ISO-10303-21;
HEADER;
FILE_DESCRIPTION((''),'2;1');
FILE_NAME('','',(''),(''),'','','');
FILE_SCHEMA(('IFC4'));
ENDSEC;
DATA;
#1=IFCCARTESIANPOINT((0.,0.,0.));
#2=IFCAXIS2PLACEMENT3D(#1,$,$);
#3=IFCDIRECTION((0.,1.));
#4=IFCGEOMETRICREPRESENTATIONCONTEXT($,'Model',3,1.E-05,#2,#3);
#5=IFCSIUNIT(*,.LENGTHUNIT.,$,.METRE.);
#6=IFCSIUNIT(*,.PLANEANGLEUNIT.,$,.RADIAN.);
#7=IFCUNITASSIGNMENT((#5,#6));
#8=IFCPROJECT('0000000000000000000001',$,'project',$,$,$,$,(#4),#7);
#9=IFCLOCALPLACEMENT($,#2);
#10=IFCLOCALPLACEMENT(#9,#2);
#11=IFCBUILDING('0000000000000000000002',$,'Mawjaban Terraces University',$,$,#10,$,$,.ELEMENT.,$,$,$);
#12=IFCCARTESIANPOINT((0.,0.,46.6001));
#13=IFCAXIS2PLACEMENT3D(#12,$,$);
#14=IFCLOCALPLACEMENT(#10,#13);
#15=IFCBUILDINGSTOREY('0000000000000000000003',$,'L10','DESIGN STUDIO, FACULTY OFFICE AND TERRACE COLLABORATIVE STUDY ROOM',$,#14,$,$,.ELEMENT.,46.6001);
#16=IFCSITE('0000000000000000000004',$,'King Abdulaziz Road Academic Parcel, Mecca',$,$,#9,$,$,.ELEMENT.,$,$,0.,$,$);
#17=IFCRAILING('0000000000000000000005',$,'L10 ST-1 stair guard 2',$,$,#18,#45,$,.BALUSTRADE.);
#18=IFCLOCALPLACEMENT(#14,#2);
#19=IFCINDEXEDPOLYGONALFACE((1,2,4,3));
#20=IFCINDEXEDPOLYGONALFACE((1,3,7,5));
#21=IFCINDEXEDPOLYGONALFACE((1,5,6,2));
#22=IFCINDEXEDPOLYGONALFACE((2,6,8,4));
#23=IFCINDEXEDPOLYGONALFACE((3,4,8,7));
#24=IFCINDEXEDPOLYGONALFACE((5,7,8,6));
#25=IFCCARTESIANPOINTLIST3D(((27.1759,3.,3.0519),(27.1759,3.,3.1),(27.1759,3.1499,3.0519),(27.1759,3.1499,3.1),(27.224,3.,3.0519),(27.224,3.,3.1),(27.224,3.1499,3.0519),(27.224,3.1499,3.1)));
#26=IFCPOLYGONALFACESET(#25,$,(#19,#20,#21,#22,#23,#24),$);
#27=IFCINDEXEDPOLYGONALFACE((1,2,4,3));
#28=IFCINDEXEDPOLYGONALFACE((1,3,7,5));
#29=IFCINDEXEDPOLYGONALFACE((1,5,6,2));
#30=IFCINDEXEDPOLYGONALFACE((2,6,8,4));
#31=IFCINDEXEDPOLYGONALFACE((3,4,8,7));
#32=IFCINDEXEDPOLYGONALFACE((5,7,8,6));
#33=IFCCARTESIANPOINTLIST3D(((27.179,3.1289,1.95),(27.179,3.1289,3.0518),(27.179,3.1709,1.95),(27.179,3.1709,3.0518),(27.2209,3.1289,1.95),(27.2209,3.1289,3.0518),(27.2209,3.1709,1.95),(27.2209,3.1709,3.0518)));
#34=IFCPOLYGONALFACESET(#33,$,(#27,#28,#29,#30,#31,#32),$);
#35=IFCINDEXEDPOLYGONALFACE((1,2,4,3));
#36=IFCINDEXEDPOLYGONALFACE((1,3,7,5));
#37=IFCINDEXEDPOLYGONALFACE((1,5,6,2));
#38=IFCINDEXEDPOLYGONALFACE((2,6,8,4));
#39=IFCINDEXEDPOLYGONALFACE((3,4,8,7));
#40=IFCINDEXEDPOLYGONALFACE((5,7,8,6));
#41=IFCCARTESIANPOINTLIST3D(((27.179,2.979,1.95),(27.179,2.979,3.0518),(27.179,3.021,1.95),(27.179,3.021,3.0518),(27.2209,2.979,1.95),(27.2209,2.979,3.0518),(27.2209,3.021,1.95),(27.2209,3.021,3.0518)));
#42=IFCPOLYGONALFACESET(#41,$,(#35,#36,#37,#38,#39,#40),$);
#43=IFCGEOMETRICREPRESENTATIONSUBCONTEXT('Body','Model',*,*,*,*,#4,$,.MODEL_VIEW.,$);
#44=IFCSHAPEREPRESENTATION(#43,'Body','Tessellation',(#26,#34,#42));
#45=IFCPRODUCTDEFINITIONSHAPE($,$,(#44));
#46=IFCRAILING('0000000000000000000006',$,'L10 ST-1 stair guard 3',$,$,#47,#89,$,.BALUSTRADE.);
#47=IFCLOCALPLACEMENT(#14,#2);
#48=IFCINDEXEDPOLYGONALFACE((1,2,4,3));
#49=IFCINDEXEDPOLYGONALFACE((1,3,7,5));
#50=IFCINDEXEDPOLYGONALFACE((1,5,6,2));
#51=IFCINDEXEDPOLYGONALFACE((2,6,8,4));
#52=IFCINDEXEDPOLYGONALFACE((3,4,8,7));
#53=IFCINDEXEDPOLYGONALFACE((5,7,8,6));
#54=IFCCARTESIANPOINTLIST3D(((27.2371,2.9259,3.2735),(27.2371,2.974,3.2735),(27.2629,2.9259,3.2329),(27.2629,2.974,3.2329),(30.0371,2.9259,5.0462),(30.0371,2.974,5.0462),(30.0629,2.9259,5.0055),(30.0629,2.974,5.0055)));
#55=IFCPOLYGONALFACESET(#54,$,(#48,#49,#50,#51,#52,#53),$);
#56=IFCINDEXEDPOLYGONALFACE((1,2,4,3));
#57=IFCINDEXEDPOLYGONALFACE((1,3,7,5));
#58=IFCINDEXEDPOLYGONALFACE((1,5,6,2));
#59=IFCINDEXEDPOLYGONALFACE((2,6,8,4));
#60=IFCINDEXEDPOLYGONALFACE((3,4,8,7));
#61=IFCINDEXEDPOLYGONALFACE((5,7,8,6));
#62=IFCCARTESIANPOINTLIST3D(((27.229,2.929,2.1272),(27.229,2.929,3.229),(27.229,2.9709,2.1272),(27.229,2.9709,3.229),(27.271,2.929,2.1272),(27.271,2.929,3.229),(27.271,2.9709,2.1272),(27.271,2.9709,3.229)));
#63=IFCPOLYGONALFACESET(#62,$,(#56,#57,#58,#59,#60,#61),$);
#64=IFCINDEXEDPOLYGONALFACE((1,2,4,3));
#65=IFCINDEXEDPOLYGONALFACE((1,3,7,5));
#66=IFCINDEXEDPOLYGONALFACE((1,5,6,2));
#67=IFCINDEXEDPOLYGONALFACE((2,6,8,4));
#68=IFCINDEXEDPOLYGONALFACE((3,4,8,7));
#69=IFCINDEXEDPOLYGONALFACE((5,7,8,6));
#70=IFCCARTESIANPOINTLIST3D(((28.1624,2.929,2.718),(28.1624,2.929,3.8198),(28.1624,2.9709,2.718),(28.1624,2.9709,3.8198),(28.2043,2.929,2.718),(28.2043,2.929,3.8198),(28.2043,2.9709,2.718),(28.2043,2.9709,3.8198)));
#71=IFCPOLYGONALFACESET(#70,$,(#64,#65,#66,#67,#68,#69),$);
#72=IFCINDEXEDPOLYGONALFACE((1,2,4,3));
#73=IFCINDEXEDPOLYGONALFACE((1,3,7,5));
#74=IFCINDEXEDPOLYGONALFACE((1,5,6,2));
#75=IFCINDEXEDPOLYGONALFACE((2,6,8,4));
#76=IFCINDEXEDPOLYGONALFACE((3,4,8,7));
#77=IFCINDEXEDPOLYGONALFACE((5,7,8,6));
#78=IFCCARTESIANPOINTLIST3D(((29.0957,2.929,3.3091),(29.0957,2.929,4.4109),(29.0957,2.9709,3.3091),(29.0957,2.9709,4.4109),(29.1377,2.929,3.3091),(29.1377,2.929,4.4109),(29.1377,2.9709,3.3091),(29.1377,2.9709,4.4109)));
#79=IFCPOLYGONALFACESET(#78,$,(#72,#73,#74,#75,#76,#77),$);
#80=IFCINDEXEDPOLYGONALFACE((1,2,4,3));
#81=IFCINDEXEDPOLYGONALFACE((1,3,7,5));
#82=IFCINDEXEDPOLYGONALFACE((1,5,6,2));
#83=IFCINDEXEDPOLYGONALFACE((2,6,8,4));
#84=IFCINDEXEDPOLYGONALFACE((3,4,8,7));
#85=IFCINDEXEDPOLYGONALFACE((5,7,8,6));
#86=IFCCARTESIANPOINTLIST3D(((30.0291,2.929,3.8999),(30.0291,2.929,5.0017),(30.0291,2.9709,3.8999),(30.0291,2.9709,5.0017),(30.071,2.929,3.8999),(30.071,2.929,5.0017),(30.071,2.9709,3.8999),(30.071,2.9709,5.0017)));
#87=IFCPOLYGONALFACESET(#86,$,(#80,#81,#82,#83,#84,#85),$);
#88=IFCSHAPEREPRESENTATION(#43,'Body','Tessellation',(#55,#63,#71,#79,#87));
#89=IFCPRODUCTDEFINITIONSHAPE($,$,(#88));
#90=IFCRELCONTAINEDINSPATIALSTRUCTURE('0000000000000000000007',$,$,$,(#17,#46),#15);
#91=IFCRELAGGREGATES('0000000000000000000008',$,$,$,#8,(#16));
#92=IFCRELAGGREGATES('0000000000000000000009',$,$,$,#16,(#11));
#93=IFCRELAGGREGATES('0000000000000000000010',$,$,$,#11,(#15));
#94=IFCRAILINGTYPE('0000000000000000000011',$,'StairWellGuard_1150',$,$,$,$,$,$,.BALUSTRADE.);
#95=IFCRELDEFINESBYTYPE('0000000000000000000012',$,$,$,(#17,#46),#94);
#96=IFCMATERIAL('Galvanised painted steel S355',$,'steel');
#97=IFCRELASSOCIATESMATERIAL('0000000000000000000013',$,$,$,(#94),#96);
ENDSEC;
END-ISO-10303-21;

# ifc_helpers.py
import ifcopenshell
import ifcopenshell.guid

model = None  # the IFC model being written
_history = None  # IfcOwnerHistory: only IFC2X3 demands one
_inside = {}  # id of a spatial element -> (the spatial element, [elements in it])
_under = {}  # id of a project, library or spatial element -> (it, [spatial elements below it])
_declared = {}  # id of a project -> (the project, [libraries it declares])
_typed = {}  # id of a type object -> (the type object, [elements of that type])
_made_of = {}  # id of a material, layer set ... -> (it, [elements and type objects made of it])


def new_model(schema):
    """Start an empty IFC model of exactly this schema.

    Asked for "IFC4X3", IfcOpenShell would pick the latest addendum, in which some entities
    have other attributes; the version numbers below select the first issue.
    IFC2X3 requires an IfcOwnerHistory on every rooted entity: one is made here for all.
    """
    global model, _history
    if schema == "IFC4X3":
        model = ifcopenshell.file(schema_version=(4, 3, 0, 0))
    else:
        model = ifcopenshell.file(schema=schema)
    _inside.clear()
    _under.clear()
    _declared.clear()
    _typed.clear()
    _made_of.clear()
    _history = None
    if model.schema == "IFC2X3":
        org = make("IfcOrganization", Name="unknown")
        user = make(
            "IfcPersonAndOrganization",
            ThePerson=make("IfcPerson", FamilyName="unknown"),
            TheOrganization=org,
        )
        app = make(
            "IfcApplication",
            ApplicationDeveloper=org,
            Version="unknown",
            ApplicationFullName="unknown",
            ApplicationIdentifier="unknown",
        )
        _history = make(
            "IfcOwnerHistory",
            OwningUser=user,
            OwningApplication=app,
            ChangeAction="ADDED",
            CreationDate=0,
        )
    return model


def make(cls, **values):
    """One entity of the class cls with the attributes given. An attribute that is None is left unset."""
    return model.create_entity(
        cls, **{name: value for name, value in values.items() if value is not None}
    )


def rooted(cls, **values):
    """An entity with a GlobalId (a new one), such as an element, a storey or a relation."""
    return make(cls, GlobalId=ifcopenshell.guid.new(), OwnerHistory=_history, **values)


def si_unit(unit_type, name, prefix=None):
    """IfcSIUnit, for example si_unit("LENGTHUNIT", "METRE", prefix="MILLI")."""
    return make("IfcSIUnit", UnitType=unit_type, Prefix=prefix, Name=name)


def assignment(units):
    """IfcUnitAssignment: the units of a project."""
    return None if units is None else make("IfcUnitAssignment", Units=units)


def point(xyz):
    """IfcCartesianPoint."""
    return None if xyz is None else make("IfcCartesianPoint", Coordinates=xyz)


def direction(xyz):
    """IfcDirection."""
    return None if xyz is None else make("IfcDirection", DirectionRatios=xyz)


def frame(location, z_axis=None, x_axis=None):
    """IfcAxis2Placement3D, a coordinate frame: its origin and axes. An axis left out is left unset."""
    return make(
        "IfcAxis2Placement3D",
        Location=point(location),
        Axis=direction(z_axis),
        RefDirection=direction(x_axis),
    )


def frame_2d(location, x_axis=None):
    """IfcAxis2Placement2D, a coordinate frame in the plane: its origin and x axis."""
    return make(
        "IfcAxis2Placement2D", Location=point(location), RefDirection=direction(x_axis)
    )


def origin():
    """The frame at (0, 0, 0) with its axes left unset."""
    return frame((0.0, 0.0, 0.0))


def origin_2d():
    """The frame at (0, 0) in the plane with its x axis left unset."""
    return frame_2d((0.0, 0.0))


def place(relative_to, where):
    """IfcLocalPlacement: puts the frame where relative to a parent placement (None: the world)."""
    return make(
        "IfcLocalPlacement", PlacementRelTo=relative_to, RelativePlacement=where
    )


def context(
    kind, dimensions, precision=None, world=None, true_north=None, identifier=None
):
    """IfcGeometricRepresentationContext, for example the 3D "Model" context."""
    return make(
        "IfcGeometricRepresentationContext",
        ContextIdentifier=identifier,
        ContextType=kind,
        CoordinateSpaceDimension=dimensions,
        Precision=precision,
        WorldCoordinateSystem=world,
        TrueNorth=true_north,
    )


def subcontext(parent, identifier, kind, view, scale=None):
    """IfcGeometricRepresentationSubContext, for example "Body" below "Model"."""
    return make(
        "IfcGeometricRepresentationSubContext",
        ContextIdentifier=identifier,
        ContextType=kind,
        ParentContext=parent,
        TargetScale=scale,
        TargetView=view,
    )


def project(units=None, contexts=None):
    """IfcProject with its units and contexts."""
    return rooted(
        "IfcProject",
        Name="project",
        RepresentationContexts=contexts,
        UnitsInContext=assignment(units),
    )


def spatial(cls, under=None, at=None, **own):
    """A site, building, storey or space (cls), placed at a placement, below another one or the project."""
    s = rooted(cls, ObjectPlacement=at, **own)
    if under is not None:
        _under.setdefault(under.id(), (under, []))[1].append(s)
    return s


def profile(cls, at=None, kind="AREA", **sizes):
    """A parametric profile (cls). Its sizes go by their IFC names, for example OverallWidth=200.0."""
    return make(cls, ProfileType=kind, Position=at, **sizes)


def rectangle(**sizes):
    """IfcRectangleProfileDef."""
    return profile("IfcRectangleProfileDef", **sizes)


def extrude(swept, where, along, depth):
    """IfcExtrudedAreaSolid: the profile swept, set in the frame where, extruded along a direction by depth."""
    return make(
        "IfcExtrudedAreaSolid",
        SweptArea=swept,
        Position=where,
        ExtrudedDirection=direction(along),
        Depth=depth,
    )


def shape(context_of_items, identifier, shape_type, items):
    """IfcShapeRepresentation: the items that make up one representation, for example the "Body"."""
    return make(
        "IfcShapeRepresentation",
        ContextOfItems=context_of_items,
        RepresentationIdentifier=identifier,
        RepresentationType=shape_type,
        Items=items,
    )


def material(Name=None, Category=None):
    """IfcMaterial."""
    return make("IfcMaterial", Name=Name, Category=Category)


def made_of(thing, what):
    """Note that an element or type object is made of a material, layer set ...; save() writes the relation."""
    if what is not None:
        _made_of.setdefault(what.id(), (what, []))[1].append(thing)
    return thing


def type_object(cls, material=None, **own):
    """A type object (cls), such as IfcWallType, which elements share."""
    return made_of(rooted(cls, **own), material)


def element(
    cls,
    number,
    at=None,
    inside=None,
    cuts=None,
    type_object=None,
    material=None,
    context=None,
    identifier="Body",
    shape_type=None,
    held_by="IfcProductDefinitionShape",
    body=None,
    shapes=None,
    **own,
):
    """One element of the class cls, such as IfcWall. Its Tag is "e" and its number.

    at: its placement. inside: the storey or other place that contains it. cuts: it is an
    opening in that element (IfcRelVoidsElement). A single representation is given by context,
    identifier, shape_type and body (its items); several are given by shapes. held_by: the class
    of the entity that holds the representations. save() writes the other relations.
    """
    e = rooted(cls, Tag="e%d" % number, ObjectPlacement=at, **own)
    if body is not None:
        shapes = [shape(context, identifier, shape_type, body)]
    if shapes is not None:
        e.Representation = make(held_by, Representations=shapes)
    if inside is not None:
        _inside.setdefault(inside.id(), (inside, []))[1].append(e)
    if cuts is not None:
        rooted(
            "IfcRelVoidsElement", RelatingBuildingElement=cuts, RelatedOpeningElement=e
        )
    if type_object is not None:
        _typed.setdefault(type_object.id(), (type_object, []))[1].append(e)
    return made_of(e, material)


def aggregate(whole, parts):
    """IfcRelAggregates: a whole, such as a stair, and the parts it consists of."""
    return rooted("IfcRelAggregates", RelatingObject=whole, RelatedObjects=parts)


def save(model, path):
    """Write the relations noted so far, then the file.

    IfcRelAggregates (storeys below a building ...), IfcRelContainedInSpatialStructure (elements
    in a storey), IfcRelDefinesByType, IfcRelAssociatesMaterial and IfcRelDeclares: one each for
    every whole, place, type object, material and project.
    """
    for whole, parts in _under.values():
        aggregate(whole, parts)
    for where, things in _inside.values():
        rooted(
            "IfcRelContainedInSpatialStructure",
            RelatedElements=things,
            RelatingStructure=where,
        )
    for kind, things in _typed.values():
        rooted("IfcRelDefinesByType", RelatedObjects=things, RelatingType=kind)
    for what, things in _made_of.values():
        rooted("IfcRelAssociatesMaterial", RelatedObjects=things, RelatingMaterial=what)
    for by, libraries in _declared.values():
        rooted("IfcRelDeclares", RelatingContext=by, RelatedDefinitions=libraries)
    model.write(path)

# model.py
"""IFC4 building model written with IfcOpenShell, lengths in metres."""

from ifc_helpers import new_model, si_unit, direction, frame, origin, origin_2d, place, context, subcontext, project, spatial, rectangle, extrude, material, type_object, element, save


model = new_model("IFC4")

# Units and contexts
model_context = context("Model", 3, precision=1e-05, world=origin(), true_north=direction((0.0, 1.0)))
body_context = subcontext(model_context, "Body", "Model", "MODEL_VIEW")
ifc_project = project(units=[si_unit("LENGTHUNIT", "METRE"), si_unit("PLANEANGLEUNIT", "RADIAN")], contexts=[model_context])

# Site, building, storey
site_placement = place(None, origin())
site = spatial("IfcSite", under=ifc_project, at=site_placement, Name="King Abdulaziz Road Academic Parcel, Mecca", CompositionType="ELEMENT", RefElevation=0.0)
building_placement = place(site_placement, origin())
building = spatial("IfcBuilding", under=site, at=building_placement, Name="Mawjaban Terraces University", CompositionType="ELEMENT")
storey_placement = place(building_placement, frame((0.0, 0.0, 46.6001)))
storey = spatial("IfcBuildingStorey", under=building, at=storey_placement, Name="L10", Description="DESIGN STUDIO, FACULTY OFFICE AND TERRACE COLLABORATIVE STUDY ROOM", CompositionType="ELEMENT", Elevation=46.6001)

# Railings
ifc_material_1 = material(Name="Galvanised painted steel S355", Category="steel")
railing_type_1 = type_object("IfcRailingType", Name="StairWellGuard_1150", PredefinedType="BALUSTRADE", material=ifc_material_1)
railing_1_placement = place(storey_placement, frame((27.2, 3.1499, 1.95)))
element("IfcRailing", 1, at=railing_1_placement, inside=storey, type_object=railing_type_1, Name="L10 ST-1 stair guard 2", PredefinedType="BALUSTRADE", context=body_context, shape_type="SweptSolid", body=[
    extrude(rectangle(XDim=0.0481, YDim=0.0481, at=origin_2d()), frame((0.0, 0.0, 1.126), z_axis=(0.0, -1.0, 0.0), x_axis=(1.0, 0.0, 0.0)), (0.0, 0.0, 1.0), 0.1499),
    extrude(rectangle(XDim=0.042, YDim=0.042, at=origin_2d()), origin(), (0.0, 0.0, 1.0), 1.1018),
    extrude(rectangle(XDim=0.042, YDim=0.042, at=origin_2d()), frame((0.0, -0.1499, 0.0)), (0.0, 0.0, 1.0), 1.1018),
])
railing_2_placement = place(storey_placement, frame((27.25, 2.95, 2.1272)))
element("IfcRailing", 2, at=railing_2_placement, inside=storey, type_object=railing_type_1, Name="L10 ST-1 stair guard 3", PredefinedType="BALUSTRADE", context=body_context, shape_type="SweptSolid", body=[
    extrude(rectangle(XDim=0.0481, YDim=0.0481, at=origin_2d()), frame((0.0, 0.0, 1.126), z_axis=(0.844909, 0.0, 0.53491), x_axis=(0.0, 1.0, 0.0)), (0.0, 0.0, 1.0), 3.314),
    extrude(rectangle(XDim=0.042, YDim=0.042, at=origin_2d()), origin(), (0.0, 0.0, 1.0), 1.1018),
    extrude(rectangle(XDim=0.042, YDim=0.042, at=origin_2d()), frame((0.9333, 0.0, 0.5908)), (0.0, 0.0, 1.0), 1.1018),
    extrude(rectangle(XDim=0.042, YDim=0.042, at=origin_2d()), frame((1.8667, 0.0, 1.1819)), (0.0, 0.0, 1.0), 1.1018),
    extrude(rectangle(XDim=0.042, YDim=0.042, at=origin_2d()), frame((2.8, 0.0, 1.7727)), (0.0, 0.0, 1.0), 1.1018),
])

save(model, "model.ifc")
